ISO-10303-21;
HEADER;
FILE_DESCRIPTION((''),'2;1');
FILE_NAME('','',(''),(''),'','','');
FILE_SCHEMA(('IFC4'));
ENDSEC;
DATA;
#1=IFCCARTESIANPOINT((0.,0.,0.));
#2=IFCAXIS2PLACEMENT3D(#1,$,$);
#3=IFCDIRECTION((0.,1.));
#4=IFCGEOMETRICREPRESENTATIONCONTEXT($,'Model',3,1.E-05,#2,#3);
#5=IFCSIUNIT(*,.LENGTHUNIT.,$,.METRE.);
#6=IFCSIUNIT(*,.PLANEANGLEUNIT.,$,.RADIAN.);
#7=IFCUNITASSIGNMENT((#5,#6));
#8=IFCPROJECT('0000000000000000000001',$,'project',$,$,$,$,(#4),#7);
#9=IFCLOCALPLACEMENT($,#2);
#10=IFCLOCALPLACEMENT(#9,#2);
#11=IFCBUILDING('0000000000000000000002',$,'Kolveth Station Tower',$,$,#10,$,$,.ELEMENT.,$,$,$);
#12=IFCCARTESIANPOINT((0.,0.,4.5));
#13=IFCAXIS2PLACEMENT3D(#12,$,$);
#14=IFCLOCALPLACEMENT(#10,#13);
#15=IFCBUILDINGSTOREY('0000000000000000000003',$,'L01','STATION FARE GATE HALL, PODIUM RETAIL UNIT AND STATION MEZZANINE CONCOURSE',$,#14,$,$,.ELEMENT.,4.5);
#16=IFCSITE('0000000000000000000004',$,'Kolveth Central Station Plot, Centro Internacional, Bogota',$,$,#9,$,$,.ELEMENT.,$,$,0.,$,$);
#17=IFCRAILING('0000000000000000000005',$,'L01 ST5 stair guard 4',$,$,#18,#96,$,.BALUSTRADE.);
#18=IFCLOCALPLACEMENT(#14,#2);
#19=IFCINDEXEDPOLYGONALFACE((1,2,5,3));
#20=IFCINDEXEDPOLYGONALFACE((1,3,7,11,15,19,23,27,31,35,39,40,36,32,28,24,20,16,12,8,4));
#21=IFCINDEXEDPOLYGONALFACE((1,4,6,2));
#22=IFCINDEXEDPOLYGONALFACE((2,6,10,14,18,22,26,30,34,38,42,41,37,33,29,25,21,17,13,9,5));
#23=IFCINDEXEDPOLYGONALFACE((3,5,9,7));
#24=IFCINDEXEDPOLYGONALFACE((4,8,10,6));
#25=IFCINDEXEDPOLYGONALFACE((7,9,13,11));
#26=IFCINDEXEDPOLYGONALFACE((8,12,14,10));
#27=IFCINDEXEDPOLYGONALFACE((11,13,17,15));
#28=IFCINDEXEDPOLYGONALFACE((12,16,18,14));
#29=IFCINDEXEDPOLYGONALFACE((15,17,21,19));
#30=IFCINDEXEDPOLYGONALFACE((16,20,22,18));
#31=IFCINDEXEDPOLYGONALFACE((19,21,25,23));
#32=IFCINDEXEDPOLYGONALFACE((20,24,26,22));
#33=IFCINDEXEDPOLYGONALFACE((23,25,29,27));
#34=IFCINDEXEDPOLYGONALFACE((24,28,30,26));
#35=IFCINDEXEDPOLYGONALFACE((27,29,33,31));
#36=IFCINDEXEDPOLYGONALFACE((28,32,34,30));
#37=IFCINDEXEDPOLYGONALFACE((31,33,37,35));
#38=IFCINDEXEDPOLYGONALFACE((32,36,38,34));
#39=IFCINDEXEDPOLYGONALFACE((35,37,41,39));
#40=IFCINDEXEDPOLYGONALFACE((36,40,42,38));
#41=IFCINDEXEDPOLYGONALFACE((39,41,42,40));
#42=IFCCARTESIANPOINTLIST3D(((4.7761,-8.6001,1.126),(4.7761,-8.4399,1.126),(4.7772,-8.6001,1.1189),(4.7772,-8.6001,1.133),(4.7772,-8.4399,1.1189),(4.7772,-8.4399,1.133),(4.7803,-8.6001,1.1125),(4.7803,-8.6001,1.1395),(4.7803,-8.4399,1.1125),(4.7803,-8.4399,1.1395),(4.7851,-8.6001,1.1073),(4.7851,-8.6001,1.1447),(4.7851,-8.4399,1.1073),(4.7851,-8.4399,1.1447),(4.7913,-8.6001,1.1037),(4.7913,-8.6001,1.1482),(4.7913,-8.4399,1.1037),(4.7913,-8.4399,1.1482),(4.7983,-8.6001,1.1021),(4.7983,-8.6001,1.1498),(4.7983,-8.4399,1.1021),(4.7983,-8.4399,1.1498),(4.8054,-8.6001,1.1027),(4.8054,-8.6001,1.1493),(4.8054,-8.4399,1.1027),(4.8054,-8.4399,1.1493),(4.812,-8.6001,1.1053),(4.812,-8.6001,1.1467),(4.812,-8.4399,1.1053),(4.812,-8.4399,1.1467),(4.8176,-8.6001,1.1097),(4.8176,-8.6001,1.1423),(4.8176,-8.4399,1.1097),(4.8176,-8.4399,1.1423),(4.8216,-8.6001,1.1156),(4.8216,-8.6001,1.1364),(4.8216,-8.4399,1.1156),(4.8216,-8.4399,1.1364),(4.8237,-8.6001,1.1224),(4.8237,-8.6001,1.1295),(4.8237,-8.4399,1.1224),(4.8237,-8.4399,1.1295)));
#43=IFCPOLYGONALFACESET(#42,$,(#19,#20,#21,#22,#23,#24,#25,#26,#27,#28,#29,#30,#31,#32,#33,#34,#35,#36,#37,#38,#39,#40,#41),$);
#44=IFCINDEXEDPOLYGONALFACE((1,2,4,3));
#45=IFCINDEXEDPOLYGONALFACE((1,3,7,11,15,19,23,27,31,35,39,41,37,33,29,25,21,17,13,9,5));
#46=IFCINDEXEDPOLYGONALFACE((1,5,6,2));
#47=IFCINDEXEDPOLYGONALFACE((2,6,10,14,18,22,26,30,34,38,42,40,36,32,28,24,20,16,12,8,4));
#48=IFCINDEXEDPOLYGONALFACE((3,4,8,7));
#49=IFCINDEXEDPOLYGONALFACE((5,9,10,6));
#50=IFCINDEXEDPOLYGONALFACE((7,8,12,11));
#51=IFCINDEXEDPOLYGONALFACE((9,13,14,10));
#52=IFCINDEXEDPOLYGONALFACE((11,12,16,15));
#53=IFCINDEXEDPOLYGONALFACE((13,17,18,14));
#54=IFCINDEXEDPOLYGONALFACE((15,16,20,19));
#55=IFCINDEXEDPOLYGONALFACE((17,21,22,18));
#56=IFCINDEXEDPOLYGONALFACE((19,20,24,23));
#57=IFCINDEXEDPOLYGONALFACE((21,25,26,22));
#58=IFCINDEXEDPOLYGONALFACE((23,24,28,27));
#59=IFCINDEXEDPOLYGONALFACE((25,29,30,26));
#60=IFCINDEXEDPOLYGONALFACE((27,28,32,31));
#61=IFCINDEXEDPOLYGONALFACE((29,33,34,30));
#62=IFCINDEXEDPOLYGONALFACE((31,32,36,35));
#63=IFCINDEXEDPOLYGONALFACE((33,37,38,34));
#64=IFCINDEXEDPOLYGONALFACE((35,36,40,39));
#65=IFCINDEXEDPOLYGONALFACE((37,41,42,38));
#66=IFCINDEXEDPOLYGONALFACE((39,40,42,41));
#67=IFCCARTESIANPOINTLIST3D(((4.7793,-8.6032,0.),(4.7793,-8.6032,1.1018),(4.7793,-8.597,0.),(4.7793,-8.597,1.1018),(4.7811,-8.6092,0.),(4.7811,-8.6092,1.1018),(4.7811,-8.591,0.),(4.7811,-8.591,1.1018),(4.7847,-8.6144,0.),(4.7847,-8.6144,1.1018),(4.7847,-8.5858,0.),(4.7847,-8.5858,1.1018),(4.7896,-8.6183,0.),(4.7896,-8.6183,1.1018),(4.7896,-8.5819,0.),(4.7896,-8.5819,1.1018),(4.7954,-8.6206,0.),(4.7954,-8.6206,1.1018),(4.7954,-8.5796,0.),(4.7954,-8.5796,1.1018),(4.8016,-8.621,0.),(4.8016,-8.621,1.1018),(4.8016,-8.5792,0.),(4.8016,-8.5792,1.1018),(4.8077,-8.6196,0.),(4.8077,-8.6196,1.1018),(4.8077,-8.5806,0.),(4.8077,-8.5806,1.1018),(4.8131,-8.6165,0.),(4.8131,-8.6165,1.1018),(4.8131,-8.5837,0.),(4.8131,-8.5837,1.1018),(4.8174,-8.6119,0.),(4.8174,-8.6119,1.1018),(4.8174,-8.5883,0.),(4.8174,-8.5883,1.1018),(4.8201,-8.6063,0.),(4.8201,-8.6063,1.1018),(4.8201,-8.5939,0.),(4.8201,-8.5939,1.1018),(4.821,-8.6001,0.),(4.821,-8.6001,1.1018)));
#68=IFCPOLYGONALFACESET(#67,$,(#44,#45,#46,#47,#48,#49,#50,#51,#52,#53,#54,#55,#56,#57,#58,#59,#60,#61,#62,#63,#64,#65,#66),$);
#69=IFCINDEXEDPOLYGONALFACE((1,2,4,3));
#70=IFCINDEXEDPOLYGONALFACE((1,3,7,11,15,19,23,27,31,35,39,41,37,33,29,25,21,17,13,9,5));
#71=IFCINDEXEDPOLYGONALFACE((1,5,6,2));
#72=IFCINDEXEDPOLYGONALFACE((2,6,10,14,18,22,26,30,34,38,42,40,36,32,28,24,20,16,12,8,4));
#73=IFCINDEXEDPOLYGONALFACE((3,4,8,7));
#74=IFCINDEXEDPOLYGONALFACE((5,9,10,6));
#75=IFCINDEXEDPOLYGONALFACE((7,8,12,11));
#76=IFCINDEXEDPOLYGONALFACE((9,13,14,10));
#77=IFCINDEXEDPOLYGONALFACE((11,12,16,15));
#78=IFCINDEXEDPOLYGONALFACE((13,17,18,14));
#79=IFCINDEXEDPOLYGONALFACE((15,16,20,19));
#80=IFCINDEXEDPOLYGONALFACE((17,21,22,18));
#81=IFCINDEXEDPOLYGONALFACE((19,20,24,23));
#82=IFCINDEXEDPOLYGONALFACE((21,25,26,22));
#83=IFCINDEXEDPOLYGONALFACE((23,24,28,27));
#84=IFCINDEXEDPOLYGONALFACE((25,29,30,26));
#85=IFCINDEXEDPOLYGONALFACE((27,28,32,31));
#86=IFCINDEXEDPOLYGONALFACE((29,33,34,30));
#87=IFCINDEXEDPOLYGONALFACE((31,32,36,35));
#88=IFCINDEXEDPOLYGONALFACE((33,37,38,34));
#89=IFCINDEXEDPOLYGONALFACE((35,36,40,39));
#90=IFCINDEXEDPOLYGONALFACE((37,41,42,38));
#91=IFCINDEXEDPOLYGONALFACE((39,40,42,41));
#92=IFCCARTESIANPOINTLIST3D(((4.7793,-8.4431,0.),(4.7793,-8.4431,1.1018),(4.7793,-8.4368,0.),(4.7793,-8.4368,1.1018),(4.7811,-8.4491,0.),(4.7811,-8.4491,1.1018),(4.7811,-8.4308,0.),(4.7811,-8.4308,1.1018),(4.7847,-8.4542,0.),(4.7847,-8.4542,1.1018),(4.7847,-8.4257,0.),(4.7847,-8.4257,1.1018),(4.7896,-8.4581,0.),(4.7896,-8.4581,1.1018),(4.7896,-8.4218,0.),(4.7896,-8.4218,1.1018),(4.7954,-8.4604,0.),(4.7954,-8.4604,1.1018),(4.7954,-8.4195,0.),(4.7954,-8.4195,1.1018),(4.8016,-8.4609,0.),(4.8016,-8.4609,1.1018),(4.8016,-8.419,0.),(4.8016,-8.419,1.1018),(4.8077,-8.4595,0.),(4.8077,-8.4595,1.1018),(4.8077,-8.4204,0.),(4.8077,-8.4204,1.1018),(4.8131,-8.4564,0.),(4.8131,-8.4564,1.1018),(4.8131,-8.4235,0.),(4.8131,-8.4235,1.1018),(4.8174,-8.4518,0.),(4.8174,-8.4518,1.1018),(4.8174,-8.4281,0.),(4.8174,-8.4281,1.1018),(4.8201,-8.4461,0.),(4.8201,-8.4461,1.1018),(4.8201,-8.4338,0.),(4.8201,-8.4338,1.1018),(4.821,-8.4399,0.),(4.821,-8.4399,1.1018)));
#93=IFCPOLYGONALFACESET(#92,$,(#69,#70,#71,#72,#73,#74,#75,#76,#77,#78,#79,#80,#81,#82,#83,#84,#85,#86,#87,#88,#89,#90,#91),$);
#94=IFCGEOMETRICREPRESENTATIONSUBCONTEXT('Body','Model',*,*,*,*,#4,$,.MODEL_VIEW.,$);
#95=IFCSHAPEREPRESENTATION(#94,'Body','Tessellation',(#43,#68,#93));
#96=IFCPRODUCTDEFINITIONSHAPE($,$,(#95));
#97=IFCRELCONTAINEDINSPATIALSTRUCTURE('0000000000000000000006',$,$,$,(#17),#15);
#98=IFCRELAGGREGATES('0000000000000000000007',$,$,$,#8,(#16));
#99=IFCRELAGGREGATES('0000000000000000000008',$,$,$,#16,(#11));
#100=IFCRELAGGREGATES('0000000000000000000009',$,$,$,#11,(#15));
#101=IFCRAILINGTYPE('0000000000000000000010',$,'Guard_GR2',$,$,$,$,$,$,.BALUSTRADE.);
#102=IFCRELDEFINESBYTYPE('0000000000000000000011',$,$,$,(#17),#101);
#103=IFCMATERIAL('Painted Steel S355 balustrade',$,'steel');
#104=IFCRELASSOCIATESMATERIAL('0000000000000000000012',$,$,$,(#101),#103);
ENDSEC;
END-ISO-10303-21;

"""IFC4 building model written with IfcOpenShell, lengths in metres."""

from ifc_helpers import new_model, si_unit, direction, frame, origin, origin_2d, place, context, subcontext, project, spatial, circle, extrude, material, type_object, element, save


model = new_model("IFC4")

# Units and contexts
model_context = context("Model", 3, precision=1e-05, world=origin(), true_north=direction((0.0, 1.0)))
body_context = subcontext(model_context, "Body", "Model", "MODEL_VIEW")
ifc_project = project(units=[si_unit("LENGTHUNIT", "METRE"), si_unit("PLANEANGLEUNIT", "RADIAN")], contexts=[model_context])

# Site, building, storey
site_placement = place(None, origin())
site = spatial("IfcSite", under=ifc_project, at=site_placement, Name="Kolveth Central Station Plot, Centro Internacional, Bogota", CompositionType="ELEMENT", RefElevation=0.0)
building_placement = place(site_placement, origin())
building = spatial("IfcBuilding", under=site, at=building_placement, Name="Kolveth Station Tower", CompositionType="ELEMENT")
storey_placement = place(building_placement, frame((0.0, 0.0, 4.5)))
storey = spatial("IfcBuildingStorey", under=building, at=storey_placement, Name="L01", Description="STATION FARE GATE HALL, PODIUM RETAIL UNIT AND STATION MEZZANINE CONCOURSE", CompositionType="ELEMENT", Elevation=4.5)

# Railing
ifc_material_1 = material(Name="Painted Steel S355 balustrade", Category="steel")
railing_type_1 = type_object("IfcRailingType", Name="Guard_GR2", PredefinedType="BALUSTRADE", material=ifc_material_1)
railing_1_placement = place(storey_placement, frame((4.8, -8.6001, 0.0)))
element("IfcRailing", 1, at=railing_1_placement, inside=storey, type_object=railing_type_1, Name="L01 ST5 stair guard 4", PredefinedType="BALUSTRADE", context=body_context, shape_type="SweptSolid", body=[
    extrude(circle(Radius=0.0239, at=origin_2d()), frame((0.0, 0.0, 1.126), z_axis=(0.0, 1.0, 0.0), x_axis=(-1.0, 0.0, 0.0)), (0.0, 0.0, 1.0), 0.1602),
    extrude(circle(Radius=0.021, at=origin_2d()), origin(), (0.0, 0.0, 1.0), 1.1018),
    extrude(circle(Radius=0.021, at=origin_2d()), frame((0.0, 0.1602, 0.0)), (0.0, 0.0, 1.0), 1.1018),
])

save(model, "model.ifc")
